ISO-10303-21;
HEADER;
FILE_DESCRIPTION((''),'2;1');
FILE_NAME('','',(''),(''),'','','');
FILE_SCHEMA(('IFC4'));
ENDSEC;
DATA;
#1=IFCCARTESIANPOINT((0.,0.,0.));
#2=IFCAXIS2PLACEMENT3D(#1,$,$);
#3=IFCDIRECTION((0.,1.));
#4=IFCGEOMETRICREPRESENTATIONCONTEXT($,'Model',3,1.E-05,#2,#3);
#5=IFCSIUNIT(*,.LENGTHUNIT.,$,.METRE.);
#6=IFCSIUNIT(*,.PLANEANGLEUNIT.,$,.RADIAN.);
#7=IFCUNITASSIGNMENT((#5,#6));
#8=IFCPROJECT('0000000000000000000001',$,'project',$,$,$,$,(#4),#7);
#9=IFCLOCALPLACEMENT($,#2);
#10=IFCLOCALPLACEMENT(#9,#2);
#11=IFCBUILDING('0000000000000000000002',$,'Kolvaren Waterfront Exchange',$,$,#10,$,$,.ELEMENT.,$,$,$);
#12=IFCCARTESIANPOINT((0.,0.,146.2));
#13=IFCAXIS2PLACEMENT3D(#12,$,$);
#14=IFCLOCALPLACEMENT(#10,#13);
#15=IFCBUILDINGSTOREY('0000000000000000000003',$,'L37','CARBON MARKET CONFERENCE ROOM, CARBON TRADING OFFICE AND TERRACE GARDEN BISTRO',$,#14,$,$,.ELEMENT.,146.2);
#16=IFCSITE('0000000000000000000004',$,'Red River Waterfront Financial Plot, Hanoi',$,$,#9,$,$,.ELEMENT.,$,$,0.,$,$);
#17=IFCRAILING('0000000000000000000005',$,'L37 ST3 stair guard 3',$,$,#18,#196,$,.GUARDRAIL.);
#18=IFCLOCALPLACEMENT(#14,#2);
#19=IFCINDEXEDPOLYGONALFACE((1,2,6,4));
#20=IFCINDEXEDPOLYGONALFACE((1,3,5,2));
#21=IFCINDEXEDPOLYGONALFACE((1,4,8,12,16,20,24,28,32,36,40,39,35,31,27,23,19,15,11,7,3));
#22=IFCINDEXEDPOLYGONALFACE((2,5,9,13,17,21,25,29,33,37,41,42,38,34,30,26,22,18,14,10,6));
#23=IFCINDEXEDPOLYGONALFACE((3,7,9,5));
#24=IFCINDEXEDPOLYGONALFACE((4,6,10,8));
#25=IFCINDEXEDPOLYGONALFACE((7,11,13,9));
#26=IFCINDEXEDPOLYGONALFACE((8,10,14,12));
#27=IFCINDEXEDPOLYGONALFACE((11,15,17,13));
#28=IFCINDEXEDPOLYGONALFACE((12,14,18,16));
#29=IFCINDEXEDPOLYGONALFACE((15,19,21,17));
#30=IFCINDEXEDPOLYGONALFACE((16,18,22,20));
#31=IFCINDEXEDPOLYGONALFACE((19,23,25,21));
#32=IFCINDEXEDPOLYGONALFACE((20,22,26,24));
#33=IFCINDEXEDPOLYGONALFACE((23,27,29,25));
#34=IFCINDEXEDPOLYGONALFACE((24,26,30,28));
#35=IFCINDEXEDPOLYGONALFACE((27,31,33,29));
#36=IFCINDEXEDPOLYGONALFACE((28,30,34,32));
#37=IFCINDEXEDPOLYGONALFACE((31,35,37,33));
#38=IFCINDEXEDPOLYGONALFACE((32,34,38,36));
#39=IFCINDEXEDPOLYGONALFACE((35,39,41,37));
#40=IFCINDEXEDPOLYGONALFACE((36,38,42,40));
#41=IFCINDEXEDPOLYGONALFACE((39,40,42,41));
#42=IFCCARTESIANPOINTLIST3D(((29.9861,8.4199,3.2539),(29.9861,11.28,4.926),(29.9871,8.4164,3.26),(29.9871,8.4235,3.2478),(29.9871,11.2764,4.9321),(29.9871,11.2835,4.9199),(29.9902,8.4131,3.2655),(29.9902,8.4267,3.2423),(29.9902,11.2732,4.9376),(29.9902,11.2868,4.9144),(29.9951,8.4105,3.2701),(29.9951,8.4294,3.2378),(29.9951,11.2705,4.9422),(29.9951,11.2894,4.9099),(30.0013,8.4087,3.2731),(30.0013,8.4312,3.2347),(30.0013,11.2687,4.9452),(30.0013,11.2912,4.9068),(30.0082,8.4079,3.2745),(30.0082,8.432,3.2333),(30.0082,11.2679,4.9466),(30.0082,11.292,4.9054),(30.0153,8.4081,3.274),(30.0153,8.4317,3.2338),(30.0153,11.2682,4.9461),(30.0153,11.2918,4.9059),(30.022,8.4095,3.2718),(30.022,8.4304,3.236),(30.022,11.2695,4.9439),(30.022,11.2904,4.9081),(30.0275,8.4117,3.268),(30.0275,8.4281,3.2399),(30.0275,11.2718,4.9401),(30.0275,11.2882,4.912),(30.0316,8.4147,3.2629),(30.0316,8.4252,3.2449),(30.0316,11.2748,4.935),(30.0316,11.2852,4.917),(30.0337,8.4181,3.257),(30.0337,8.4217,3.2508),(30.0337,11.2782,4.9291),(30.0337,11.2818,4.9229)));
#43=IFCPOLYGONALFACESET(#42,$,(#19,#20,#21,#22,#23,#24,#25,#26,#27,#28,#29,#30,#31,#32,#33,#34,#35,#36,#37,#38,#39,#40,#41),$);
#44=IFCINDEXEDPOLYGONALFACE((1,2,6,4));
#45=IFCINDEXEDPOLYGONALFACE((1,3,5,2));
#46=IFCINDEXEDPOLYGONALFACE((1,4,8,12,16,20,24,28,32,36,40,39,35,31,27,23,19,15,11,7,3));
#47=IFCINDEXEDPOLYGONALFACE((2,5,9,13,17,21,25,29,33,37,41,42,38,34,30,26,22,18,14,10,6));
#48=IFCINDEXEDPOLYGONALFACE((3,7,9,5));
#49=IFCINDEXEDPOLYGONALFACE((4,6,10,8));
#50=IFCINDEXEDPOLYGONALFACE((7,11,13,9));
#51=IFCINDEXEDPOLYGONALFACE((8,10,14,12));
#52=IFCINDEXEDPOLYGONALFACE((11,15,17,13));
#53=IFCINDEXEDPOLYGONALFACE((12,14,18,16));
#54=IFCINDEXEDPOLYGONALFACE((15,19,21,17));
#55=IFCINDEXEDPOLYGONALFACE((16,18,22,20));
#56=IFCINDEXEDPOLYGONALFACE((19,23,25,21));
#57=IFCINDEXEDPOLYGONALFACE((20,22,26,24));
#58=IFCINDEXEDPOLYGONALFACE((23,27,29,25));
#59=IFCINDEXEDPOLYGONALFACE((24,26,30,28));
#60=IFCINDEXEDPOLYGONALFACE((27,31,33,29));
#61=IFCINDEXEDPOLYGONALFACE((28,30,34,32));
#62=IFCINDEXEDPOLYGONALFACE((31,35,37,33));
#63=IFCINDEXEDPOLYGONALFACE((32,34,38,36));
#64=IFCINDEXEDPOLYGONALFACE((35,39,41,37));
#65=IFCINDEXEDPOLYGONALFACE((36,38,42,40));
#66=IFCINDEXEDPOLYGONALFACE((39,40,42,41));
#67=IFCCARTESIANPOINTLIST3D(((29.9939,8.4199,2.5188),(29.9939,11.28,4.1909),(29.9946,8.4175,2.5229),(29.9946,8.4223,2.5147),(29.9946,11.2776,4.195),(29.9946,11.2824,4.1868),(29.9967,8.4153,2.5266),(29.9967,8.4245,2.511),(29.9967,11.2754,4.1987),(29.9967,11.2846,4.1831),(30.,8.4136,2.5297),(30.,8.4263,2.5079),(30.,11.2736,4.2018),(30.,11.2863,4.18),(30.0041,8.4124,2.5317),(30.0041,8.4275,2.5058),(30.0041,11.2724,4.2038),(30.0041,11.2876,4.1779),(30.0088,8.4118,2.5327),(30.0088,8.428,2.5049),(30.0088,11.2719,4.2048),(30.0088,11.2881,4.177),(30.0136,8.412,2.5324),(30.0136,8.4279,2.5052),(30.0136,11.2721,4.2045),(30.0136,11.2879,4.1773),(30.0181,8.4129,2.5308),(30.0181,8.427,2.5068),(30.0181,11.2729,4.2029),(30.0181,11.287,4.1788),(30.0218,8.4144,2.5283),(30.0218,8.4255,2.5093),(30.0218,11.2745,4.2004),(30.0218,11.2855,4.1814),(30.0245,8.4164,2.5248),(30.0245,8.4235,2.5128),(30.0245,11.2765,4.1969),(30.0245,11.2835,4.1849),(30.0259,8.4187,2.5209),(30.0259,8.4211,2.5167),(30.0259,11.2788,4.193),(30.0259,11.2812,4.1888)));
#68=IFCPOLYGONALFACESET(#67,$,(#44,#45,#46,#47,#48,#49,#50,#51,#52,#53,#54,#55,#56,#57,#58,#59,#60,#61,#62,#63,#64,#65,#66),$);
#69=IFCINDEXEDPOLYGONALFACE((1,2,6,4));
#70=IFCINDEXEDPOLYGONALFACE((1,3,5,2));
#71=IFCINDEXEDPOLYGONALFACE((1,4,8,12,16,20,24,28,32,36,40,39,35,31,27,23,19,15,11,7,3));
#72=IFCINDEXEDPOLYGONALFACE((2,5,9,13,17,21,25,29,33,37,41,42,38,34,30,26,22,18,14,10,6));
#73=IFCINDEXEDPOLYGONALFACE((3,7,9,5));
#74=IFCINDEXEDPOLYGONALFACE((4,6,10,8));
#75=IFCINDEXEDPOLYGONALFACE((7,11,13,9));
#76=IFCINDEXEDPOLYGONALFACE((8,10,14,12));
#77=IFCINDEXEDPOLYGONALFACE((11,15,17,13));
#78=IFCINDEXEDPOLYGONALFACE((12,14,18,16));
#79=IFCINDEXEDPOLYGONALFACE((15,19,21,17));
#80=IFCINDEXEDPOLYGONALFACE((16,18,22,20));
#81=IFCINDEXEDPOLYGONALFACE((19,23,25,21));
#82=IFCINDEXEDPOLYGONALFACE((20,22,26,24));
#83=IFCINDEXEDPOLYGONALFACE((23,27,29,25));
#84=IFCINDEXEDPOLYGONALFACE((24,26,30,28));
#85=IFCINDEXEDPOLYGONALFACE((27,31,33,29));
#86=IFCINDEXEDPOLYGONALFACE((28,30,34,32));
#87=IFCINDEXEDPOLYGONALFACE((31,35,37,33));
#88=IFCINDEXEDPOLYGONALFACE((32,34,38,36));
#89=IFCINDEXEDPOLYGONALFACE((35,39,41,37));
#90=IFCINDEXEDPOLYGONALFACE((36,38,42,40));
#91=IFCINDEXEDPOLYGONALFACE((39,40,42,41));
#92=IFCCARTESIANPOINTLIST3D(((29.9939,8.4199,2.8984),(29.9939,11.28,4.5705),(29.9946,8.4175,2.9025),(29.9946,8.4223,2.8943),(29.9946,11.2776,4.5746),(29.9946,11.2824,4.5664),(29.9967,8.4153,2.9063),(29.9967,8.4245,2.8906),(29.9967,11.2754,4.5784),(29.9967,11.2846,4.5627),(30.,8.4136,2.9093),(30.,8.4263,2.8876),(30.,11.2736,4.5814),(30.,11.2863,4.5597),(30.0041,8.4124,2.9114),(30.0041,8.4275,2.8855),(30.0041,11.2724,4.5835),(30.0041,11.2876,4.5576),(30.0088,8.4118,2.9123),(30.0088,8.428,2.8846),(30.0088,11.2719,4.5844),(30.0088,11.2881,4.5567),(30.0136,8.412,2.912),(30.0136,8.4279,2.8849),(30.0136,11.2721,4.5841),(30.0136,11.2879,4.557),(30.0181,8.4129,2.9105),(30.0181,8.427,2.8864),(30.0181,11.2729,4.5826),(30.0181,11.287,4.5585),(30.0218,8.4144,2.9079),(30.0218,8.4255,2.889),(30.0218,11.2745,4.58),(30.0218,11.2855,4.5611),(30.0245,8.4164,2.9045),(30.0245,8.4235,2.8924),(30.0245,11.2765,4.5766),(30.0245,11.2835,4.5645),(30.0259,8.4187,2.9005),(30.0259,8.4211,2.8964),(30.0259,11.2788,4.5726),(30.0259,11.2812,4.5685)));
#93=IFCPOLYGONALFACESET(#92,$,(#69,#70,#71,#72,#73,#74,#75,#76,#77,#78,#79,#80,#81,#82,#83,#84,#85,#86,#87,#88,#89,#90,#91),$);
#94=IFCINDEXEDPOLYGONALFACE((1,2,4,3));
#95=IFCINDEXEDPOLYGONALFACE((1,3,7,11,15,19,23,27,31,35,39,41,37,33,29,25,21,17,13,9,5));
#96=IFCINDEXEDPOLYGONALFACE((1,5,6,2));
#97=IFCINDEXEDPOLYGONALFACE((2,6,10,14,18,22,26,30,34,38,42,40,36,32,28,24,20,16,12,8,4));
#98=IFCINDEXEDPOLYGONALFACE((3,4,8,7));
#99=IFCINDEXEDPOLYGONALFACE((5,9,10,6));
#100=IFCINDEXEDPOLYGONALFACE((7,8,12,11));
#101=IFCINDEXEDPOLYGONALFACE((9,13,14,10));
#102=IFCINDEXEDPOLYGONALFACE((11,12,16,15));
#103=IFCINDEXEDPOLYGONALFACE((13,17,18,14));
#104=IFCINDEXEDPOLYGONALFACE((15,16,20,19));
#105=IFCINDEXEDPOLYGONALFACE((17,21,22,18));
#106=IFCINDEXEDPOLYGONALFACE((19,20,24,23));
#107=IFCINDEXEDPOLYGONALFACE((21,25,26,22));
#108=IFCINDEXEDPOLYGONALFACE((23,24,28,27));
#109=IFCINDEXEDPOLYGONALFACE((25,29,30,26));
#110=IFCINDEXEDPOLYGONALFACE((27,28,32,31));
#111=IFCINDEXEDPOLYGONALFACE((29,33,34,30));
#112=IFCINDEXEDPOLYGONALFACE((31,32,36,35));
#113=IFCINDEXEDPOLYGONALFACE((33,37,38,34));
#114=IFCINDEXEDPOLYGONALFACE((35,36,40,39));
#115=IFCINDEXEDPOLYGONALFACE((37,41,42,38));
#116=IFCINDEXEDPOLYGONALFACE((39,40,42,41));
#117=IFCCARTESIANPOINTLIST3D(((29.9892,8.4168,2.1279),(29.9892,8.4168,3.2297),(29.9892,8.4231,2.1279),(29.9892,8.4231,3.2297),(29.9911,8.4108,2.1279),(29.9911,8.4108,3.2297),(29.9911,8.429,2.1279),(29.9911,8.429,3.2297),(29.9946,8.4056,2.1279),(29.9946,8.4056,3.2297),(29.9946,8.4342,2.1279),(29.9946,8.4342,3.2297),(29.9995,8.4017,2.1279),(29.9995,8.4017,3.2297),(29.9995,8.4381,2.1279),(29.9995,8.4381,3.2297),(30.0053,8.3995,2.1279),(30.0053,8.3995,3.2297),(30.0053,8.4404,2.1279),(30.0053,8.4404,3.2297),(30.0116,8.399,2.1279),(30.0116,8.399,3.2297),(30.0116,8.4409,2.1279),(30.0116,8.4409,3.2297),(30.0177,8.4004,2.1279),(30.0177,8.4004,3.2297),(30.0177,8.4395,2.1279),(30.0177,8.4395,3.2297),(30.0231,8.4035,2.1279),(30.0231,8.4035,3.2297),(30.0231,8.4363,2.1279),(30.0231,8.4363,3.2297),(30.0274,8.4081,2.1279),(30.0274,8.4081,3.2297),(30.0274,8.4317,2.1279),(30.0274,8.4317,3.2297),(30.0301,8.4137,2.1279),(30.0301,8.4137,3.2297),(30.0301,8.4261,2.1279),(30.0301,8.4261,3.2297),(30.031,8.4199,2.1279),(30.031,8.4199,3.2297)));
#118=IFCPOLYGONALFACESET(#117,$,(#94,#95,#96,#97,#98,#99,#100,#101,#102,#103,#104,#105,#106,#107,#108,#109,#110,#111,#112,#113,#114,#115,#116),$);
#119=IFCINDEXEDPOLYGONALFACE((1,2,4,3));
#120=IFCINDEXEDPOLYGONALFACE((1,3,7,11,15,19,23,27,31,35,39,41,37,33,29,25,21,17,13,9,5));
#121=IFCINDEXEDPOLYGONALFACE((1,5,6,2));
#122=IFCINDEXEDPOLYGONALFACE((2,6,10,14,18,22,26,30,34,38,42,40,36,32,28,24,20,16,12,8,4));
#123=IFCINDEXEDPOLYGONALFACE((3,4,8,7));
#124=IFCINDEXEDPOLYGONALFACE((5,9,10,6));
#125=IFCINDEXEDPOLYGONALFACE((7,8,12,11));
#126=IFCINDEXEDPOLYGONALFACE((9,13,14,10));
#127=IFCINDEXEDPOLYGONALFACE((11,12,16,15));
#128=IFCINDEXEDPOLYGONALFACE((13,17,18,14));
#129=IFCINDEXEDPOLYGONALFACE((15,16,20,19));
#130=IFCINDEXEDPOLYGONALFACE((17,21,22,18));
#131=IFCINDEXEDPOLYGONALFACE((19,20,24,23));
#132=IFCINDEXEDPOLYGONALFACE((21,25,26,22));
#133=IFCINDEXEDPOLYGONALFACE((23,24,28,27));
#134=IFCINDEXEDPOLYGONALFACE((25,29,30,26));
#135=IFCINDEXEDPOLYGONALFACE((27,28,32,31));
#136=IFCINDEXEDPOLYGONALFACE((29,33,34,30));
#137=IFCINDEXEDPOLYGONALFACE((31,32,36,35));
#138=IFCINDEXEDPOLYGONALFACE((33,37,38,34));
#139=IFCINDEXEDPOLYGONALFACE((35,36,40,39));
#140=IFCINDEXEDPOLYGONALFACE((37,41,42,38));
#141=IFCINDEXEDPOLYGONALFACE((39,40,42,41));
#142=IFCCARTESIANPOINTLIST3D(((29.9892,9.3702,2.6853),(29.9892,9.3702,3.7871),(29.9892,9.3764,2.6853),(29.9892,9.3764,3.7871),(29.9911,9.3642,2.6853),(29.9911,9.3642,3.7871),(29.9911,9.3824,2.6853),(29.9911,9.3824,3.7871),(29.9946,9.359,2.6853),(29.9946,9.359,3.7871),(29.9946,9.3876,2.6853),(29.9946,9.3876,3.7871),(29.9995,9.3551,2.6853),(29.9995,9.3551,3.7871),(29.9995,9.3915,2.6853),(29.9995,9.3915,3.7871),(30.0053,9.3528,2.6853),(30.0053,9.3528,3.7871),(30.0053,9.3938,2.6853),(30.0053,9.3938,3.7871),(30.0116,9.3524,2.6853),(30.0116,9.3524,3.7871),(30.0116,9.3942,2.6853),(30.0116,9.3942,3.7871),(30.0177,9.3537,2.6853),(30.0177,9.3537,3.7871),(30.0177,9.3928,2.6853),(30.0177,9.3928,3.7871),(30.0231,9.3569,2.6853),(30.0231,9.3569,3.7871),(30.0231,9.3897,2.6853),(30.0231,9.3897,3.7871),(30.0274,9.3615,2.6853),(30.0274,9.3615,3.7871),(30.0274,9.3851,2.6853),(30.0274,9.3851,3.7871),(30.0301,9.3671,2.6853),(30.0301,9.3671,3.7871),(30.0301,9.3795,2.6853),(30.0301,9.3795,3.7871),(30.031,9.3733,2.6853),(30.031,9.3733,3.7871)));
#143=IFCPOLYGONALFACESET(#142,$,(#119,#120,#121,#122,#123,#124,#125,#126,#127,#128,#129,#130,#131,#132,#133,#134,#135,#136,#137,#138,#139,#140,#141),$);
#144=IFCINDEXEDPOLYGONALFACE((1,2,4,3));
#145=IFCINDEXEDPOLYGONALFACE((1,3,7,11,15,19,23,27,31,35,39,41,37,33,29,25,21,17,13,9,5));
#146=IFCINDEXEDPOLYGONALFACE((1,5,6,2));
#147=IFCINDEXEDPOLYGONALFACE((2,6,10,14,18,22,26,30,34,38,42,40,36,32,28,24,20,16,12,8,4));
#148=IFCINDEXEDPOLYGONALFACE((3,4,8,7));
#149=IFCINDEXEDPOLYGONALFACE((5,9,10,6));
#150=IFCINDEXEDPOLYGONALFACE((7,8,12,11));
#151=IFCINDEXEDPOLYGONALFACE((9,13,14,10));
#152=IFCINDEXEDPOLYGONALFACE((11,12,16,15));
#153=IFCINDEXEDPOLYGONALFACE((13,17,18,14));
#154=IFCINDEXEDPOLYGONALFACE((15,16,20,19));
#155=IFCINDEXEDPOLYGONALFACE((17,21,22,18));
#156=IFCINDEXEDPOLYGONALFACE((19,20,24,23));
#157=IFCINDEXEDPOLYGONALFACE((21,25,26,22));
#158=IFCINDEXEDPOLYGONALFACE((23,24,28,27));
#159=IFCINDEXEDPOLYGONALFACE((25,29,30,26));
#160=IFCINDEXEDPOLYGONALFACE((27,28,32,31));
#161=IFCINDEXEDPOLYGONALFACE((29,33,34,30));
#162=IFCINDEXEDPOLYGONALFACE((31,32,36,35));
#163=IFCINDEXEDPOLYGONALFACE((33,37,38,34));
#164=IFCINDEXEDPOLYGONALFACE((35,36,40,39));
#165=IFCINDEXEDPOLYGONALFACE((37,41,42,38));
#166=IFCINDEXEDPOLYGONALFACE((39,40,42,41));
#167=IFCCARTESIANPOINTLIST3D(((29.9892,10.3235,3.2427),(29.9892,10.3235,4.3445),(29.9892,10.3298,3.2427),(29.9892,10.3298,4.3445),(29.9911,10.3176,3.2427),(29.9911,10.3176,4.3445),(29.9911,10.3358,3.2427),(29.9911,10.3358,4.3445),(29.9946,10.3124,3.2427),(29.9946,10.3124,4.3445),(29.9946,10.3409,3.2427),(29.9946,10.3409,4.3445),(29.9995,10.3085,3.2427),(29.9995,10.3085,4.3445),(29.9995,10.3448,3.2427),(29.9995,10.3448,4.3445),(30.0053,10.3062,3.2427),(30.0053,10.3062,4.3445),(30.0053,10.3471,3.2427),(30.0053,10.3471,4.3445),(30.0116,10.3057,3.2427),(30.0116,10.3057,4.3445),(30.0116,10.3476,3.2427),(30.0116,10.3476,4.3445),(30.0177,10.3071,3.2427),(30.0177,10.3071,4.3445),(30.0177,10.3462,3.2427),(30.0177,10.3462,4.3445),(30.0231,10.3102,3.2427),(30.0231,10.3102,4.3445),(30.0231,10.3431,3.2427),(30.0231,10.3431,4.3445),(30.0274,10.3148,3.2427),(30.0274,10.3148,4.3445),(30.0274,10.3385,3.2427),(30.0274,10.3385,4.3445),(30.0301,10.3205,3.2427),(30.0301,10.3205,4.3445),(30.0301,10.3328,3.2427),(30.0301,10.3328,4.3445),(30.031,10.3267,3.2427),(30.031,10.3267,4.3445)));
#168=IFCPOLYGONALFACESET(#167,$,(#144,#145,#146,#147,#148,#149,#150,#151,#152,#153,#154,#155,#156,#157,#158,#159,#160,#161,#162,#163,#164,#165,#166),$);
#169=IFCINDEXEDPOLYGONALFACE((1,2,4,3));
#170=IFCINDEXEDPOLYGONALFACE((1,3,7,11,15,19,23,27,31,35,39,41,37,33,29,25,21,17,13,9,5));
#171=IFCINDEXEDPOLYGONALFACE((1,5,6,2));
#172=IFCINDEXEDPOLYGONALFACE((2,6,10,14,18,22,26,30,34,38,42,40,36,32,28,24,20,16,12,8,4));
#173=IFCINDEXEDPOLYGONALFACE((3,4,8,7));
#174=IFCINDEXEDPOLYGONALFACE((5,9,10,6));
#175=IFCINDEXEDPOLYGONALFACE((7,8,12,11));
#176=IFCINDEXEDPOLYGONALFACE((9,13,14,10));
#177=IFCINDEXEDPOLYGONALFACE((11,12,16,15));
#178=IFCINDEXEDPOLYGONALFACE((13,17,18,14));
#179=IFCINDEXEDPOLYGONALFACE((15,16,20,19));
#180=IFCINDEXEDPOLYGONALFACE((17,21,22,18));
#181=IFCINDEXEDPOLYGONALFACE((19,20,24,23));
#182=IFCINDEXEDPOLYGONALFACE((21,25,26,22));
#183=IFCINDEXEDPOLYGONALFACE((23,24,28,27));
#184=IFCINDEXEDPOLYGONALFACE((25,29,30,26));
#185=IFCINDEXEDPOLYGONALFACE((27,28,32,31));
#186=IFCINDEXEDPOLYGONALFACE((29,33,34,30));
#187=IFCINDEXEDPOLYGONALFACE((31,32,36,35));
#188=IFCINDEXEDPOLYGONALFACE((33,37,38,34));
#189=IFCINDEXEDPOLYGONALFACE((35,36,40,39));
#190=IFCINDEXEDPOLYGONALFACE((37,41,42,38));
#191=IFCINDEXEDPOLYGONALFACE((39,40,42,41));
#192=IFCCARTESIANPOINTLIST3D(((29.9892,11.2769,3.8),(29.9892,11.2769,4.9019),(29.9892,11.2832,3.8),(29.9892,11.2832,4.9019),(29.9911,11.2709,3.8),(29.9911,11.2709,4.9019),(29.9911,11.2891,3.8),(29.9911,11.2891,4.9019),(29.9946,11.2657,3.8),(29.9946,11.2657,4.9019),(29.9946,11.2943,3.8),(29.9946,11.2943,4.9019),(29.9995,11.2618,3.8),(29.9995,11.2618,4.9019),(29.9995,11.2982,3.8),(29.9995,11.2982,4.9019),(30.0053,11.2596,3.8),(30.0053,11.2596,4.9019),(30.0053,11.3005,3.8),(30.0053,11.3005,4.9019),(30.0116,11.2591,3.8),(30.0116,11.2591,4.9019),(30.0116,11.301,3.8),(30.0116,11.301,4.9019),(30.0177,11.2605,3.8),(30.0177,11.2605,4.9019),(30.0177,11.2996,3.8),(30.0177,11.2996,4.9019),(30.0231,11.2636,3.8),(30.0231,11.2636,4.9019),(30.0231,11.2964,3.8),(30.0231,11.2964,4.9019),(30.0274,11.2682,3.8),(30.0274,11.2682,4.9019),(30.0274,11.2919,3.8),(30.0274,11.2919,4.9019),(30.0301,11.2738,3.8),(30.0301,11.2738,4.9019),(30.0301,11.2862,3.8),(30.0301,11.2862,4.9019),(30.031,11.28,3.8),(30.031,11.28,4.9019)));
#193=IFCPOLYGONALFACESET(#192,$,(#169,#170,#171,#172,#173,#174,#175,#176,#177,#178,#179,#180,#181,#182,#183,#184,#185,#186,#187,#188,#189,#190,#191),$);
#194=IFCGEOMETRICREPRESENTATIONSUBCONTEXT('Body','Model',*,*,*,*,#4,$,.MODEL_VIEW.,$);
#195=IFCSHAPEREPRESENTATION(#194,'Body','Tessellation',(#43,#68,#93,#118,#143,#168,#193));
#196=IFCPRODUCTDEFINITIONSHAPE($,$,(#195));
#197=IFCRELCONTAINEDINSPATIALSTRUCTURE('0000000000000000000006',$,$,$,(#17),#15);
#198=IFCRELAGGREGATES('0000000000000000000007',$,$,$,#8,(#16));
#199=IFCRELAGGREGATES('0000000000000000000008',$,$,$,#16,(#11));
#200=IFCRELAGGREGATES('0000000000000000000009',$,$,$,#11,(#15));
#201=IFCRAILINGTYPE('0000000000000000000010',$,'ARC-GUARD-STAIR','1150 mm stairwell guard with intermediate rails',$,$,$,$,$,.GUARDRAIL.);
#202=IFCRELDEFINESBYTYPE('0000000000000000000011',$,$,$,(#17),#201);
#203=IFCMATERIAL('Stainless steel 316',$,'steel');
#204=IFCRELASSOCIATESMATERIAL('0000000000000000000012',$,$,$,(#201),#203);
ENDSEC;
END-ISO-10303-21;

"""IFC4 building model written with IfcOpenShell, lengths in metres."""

from ifc_helpers import new_model, si_unit, direction, frame, origin, origin_2d, place, context, subcontext, project, spatial, circle, extrude, material, type_object, element, save


model = new_model("IFC4")

# Units and contexts
model_context = context("Model", 3, precision=1e-05, world=origin(), true_north=direction((0.0, 1.0)))
body_context = subcontext(model_context, "Body", "Model", "MODEL_VIEW")
ifc_project = project(units=[si_unit("LENGTHUNIT", "METRE"), si_unit("PLANEANGLEUNIT", "RADIAN")], contexts=[model_context])

# Site, building, storey
site_placement = place(None, origin())
site = spatial("IfcSite", under=ifc_project, at=site_placement, Name="Red River Waterfront Financial Plot, Hanoi", CompositionType="ELEMENT", RefElevation=0.0)
building_placement = place(site_placement, origin())
building = spatial("IfcBuilding", under=site, at=building_placement, Name="Kolvaren Waterfront Exchange", CompositionType="ELEMENT")
storey_placement = place(building_placement, frame((0.0, 0.0, 146.2)))
storey = spatial("IfcBuildingStorey", under=building, at=storey_placement, Name="L37", Description="CARBON MARKET CONFERENCE ROOM, CARBON TRADING OFFICE AND TERRACE GARDEN BISTRO", CompositionType="ELEMENT", Elevation=146.2)

# Railing
ifc_material_1 = material(Name="Stainless steel 316", Category="steel")
railing_type_1 = type_object("IfcRailingType", Name="ARC-GUARD-STAIR", Description="1150 mm stairwell guard with intermediate rails", PredefinedType="GUARDRAIL", material=ifc_material_1)
railing_1_placement = place(storey_placement, frame((30.01, 8.4199, 2.1279)))
element("IfcRailing", 1, at=railing_1_placement, inside=storey, type_object=railing_type_1, Name="L37 ST3 stair guard 3", PredefinedType="GUARDRAIL", context=body_context, shape_type="SweptSolid", body=[
    extrude(circle(Radius=0.0239, at=origin_2d()), frame((0.0, 0.0, 1.126), z_axis=(0.0, 0.863289, 0.504709), x_axis=(-1.0, 0.0, 0.0)), (0.0, 0.0, 1.0), 3.313),
    extrude(circle(Radius=0.0161, at=origin_2d()), frame((0.0, 0.0, 0.3909), z_axis=(0.0, 0.863289, 0.504709), x_axis=(-1.0, 0.0, 0.0)), (0.0, 0.0, 1.0), 3.313),
    extrude(circle(Radius=0.0161, at=origin_2d()), frame((0.0, 0.0, 0.7705), z_axis=(0.0, 0.863289, 0.504709), x_axis=(-1.0, 0.0, 0.0)), (0.0, 0.0, 1.0), 3.313),
    extrude(circle(Radius=0.021, at=origin_2d()), origin(), (0.0, 0.0, 1.0), 1.1018),
    extrude(circle(Radius=0.021, at=origin_2d()), frame((0.0, 0.9534, 0.5574)), (0.0, 0.0, 1.0), 1.1018),
    extrude(circle(Radius=0.021, at=origin_2d()), frame((0.0, 1.9067, 1.1147)), (0.0, 0.0, 1.0), 1.1018),
    extrude(circle(Radius=0.021, at=origin_2d()), frame((0.0, 2.8601, 1.6721)), (0.0, 0.0, 1.0), 1.1018),
])

save(model, "model.ifc")
